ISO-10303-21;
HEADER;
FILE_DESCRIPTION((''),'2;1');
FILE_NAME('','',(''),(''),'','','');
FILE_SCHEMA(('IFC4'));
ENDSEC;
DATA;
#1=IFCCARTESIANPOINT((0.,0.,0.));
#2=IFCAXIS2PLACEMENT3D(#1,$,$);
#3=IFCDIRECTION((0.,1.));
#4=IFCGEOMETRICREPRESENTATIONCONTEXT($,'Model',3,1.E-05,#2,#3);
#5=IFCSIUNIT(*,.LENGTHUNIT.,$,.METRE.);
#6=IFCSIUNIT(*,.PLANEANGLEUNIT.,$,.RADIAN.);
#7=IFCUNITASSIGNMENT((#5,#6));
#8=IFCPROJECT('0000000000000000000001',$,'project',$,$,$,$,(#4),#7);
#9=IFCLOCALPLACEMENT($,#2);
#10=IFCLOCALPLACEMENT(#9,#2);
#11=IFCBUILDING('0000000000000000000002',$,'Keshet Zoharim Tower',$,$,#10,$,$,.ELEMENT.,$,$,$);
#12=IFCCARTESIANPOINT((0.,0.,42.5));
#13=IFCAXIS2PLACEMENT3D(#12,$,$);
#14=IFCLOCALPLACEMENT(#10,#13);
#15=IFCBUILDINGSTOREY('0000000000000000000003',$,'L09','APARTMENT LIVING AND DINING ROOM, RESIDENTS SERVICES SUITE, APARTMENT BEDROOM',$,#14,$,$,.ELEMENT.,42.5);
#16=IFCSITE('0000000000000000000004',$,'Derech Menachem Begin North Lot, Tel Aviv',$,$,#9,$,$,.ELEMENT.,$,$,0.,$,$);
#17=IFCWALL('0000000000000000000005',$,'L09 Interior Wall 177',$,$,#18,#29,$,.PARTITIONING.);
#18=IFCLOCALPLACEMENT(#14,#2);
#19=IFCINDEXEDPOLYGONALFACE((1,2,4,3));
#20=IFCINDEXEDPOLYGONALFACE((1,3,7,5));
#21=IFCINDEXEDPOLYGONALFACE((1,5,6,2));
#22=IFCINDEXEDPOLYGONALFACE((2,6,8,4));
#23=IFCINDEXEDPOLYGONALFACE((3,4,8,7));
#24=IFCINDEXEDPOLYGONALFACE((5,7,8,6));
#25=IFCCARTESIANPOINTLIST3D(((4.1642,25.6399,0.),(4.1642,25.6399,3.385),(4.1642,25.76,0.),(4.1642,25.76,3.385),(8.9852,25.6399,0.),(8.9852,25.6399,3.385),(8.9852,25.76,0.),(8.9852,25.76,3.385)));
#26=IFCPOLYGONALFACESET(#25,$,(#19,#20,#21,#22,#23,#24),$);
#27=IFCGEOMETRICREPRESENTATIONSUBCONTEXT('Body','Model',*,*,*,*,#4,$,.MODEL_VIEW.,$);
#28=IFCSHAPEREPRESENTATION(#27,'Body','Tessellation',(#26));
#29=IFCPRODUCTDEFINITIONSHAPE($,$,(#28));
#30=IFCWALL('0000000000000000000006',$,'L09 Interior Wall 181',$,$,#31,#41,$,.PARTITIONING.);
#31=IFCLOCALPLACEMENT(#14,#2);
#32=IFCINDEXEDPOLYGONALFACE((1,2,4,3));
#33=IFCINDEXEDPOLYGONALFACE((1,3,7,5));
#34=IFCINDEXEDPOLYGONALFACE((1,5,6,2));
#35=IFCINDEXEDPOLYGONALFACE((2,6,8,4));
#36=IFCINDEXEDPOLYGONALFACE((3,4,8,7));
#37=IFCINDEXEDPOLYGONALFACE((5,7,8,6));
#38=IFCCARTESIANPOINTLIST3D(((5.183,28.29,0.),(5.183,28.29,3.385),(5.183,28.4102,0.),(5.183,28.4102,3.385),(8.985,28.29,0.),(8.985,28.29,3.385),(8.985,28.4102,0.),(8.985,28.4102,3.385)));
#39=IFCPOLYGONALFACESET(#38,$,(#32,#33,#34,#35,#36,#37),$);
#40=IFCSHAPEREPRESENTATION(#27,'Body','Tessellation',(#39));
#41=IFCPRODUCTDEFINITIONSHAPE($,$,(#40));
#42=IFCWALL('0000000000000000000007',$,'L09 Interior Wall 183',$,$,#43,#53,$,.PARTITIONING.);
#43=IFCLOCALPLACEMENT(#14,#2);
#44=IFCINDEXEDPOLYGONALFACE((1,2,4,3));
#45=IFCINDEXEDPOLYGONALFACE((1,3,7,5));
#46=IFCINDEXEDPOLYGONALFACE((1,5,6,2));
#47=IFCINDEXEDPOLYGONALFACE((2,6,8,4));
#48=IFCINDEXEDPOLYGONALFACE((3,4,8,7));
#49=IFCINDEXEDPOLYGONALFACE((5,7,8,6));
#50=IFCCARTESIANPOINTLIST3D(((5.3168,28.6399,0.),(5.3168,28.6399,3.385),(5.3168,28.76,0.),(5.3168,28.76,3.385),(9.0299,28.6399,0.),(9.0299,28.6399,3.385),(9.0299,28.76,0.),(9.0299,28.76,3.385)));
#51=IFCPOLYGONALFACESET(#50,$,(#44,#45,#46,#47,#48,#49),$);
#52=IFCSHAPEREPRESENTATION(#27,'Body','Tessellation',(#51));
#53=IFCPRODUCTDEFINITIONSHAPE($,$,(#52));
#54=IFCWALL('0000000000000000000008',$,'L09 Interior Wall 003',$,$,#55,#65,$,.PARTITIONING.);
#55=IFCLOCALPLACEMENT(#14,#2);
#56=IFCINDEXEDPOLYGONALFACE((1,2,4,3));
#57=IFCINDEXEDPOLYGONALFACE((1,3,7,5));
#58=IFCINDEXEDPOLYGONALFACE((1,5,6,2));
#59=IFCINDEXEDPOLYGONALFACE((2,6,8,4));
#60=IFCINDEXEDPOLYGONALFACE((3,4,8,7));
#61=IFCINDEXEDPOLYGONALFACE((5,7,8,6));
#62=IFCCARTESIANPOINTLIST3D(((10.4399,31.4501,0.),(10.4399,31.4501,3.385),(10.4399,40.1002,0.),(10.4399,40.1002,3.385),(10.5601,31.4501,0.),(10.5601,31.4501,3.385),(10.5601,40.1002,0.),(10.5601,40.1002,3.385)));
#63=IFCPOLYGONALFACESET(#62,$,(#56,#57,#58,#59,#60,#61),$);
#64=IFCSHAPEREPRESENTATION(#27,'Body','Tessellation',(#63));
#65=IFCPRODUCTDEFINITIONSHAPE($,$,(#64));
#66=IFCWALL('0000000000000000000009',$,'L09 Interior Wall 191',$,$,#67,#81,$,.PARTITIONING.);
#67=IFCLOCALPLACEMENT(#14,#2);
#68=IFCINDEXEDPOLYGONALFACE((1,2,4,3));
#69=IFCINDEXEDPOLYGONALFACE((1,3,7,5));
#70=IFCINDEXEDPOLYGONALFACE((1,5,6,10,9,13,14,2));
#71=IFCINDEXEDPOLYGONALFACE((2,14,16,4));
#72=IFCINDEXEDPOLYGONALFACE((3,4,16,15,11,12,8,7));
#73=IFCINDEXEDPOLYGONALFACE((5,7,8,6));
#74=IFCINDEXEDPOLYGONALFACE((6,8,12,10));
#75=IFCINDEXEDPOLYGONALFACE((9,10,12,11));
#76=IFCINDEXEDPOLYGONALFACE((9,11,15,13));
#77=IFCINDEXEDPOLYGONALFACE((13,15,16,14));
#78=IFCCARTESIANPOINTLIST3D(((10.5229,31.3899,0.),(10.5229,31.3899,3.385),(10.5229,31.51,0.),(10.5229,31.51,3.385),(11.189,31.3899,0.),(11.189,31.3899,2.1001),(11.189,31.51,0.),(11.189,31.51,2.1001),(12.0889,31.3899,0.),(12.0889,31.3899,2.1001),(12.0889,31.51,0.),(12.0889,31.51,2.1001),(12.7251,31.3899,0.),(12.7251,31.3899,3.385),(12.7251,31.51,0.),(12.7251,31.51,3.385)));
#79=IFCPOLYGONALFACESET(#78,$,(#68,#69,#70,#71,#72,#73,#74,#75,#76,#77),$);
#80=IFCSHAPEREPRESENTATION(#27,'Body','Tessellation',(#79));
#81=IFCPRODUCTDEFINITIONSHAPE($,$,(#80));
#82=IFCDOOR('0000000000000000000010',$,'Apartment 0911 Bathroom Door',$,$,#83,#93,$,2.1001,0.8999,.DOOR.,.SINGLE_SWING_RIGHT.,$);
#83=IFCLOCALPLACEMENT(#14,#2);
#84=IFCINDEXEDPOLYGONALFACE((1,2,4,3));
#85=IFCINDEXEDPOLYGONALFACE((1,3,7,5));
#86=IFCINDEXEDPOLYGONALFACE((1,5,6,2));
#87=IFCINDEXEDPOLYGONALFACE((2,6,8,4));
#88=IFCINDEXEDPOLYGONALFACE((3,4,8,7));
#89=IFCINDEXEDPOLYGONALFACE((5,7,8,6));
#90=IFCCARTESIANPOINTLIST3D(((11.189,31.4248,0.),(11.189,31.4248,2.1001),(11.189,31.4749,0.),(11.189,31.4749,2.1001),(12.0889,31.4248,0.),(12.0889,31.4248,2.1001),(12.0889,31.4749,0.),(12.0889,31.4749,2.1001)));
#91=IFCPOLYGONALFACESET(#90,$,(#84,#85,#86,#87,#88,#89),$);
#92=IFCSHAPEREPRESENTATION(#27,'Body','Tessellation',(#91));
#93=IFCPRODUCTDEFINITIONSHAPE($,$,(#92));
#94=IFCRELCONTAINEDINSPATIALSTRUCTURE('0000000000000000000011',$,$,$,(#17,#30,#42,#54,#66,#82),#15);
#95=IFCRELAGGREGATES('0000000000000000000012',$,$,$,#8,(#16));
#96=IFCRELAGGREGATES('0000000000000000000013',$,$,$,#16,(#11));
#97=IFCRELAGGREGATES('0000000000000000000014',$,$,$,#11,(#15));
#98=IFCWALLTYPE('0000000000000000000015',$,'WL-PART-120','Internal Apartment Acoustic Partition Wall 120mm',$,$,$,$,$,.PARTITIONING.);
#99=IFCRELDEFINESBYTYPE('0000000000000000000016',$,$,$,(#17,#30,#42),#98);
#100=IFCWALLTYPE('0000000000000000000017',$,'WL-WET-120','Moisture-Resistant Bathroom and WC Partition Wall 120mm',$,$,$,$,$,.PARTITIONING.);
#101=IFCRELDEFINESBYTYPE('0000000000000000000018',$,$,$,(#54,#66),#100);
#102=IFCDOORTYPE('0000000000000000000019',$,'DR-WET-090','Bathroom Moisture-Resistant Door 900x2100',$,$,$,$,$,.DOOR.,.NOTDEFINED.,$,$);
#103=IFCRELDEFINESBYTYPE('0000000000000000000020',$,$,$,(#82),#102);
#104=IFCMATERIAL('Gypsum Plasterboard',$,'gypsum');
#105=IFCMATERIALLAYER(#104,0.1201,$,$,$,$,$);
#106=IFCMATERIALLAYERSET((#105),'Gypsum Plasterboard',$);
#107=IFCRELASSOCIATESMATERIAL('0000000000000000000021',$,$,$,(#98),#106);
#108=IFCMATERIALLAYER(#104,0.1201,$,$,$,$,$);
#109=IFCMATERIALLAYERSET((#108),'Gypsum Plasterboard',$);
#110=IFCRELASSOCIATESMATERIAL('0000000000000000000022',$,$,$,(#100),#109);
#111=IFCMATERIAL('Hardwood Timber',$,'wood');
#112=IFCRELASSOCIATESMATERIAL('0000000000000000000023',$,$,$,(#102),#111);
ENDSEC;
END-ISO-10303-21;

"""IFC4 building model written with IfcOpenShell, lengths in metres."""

from ifc_helpers import new_model, si_unit, direction, frame, frame_2d, origin, place, context, subcontext, project, spatial, rectangle, extrude, material, layer, layer_set, type_object, element, fill, save


model = new_model("IFC4")

# Units and contexts
model_context = context("Model", 3, precision=1e-05, world=origin(), true_north=direction((0.0, 1.0)))
body_context = subcontext(model_context, "Body", "Model", "MODEL_VIEW")
ifc_project = project(units=[si_unit("LENGTHUNIT", "METRE"), si_unit("PLANEANGLEUNIT", "RADIAN")], contexts=[model_context])

# Site, building, storey
site_placement = place(None, origin())
site = spatial("IfcSite", under=ifc_project, at=site_placement, Name="Derech Menachem Begin North Lot, Tel Aviv", CompositionType="ELEMENT", RefElevation=0.0)
building_placement = place(site_placement, origin())
building = spatial("IfcBuilding", under=site, at=building_placement, Name="Keshet Zoharim Tower", CompositionType="ELEMENT")
storey_placement = place(building_placement, frame((0.0, 0.0, 42.5)))
storey = spatial("IfcBuildingStorey", under=building, at=storey_placement, Name="L09", Description="APARTMENT LIVING AND DINING ROOM, RESIDENTS SERVICES SUITE, APARTMENT BEDROOM", CompositionType="ELEMENT", Elevation=42.5)

# Shared definitions
ifc_material_1 = material(Name="Gypsum Plasterboard", Category="gypsum")
ifc_layer_1 = layer(ifc_material_1, 0.1201)
ifc_layer_set_1 = layer_set([ifc_layer_1], Name="Gypsum Plasterboard")
wall_type_1 = type_object("IfcWallType", Name="WL-PART-120", Description="Internal Apartment Acoustic Partition Wall 120mm", PredefinedType="PARTITIONING", material=ifc_layer_set_1)

# Shared definitions
ifc_material_2 = material(Name="Hardwood Timber", Category="wood")

# Walls
wall_1_placement = place(storey_placement, frame((4.1641, 25.7, 0.0), z_axis=(0.0, 0.0, 1.0), x_axis=(1.0, 0.0, 0.0)))
element("IfcWall", 1, at=wall_1_placement, inside=storey, type_object=wall_type_1, Name="L09 Interior Wall 177", PredefinedType="PARTITIONING", context=body_context, shape_type="SweptSolid", body=[
    extrude(rectangle(XDim=4.821, YDim=0.1201, at=frame_2d((2.4106, 0.0))), origin(), (0.0, 0.0, 1.0), 3.385),
])
wall_2_placement = place(storey_placement, frame((5.1831, 28.3501, 0.0), z_axis=(0.0, 0.0, 1.0), x_axis=(1.0, 0.0, 0.0)))
element("IfcWall", 2, at=wall_2_placement, inside=storey, type_object=wall_type_1, Name="L09 Interior Wall 181", PredefinedType="PARTITIONING", context=body_context, shape_type="SweptSolid", body=[
    extrude(rectangle(XDim=3.802, YDim=0.1201, at=frame_2d((1.9009, 0.0))), origin(), (0.0, 0.0, 1.0), 3.385),
])
wall_3_placement = place(storey_placement, frame((5.3169, 28.7, 0.0), z_axis=(0.0, 0.0, 1.0), x_axis=(1.0, 0.0, 0.0)))
element("IfcWall", 3, at=wall_3_placement, inside=storey, type_object=wall_type_1, Name="L09 Interior Wall 183", PredefinedType="PARTITIONING", context=body_context, shape_type="SweptSolid", body=[
    extrude(rectangle(XDim=3.7131, YDim=0.1201, at=frame_2d((1.8564, 0.0))), origin(), (0.0, 0.0, 1.0), 3.385),
])

# Wall
ifc_layer_2 = layer(ifc_material_1, 0.1201)
ifc_layer_set_2 = layer_set([ifc_layer_2], Name="Gypsum Plasterboard")
wall_type_2 = type_object("IfcWallType", Name="WL-WET-120", Description="Moisture-Resistant Bathroom and WC Partition Wall 120mm", PredefinedType="PARTITIONING", material=ifc_layer_set_2)
wall_4_placement = place(storey_placement, frame((10.5, 31.45, 0.0), z_axis=(0.0, 0.0, 1.0), x_axis=(0.0, 1.0, 0.0)))
element("IfcWall", 4, at=wall_4_placement, inside=storey, type_object=wall_type_2, Name="L09 Interior Wall 003", PredefinedType="PARTITIONING", context=body_context, shape_type="SweptSolid", body=[
    extrude(rectangle(XDim=8.6501, YDim=0.1201, at=frame_2d((4.3252, 0.0))), origin(), (0.0, 0.0, 1.0), 3.385),
])

# Wall, opening, door
wall_5_placement = place(storey_placement, frame((10.5229, 31.45, 0.0), z_axis=(0.0, 0.0, 1.0), x_axis=(1.0, 0.0, 0.0)))
wall_5 = element("IfcWall", 5, at=wall_5_placement, inside=storey, type_object=wall_type_2, Name="L09 Interior Wall 191", PredefinedType="PARTITIONING", context=body_context, shape_type="SweptSolid", body=[
    extrude(rectangle(XDim=2.2021, YDim=0.1201, at=frame_2d((1.1011, 0.0))), origin(), (0.0, 0.0, 1.0), 3.385),
])
opening_1_placement = place(wall_5_placement, frame((0.666, 0.0, 0.0)))
opening_1 = element("IfcOpeningElement", 6, at=opening_1_placement, cuts=wall_5, PredefinedType="OPENING", context=body_context, shape_type="SweptSolid", body=[
    extrude(rectangle(XDim=0.8999, YDim=2.1001, at=frame_2d((0.45, 1.05))), frame((0.0, 0.0701, 0.0), z_axis=(0.0, -1.0, 0.0), x_axis=(1.0, 0.0, 0.0)), (0.0, 0.0, 1.0), 0.1401),
])
door_type_1 = type_object("IfcDoorType", Name="DR-WET-090", Description="Bathroom Moisture-Resistant Door 900x2100", OperationType="NOTDEFINED", PredefinedType="DOOR", material=ifc_material_2)
door_1_placement = place(opening_1_placement, origin())
door_1 = element("IfcDoor", 7, at=door_1_placement, inside=storey, type_object=door_type_1, Name="Apartment 0911 Bathroom Door", OperationType="SINGLE_SWING_RIGHT", OverallHeight=2.1001, OverallWidth=0.8999, PredefinedType="DOOR", context=body_context, shape_type="SweptSolid", body=[
    extrude(rectangle(XDim=0.8999, YDim=2.1001, at=frame_2d((0.45, 1.05))), frame((0.0, 0.0249, 0.0), z_axis=(0.0, -1.0, 0.0), x_axis=(1.0, 0.0, 0.0)), (0.0, 0.0, 1.0), 0.05),
])
fill(opening_1, door_1)

save(model, "model.ifc")
